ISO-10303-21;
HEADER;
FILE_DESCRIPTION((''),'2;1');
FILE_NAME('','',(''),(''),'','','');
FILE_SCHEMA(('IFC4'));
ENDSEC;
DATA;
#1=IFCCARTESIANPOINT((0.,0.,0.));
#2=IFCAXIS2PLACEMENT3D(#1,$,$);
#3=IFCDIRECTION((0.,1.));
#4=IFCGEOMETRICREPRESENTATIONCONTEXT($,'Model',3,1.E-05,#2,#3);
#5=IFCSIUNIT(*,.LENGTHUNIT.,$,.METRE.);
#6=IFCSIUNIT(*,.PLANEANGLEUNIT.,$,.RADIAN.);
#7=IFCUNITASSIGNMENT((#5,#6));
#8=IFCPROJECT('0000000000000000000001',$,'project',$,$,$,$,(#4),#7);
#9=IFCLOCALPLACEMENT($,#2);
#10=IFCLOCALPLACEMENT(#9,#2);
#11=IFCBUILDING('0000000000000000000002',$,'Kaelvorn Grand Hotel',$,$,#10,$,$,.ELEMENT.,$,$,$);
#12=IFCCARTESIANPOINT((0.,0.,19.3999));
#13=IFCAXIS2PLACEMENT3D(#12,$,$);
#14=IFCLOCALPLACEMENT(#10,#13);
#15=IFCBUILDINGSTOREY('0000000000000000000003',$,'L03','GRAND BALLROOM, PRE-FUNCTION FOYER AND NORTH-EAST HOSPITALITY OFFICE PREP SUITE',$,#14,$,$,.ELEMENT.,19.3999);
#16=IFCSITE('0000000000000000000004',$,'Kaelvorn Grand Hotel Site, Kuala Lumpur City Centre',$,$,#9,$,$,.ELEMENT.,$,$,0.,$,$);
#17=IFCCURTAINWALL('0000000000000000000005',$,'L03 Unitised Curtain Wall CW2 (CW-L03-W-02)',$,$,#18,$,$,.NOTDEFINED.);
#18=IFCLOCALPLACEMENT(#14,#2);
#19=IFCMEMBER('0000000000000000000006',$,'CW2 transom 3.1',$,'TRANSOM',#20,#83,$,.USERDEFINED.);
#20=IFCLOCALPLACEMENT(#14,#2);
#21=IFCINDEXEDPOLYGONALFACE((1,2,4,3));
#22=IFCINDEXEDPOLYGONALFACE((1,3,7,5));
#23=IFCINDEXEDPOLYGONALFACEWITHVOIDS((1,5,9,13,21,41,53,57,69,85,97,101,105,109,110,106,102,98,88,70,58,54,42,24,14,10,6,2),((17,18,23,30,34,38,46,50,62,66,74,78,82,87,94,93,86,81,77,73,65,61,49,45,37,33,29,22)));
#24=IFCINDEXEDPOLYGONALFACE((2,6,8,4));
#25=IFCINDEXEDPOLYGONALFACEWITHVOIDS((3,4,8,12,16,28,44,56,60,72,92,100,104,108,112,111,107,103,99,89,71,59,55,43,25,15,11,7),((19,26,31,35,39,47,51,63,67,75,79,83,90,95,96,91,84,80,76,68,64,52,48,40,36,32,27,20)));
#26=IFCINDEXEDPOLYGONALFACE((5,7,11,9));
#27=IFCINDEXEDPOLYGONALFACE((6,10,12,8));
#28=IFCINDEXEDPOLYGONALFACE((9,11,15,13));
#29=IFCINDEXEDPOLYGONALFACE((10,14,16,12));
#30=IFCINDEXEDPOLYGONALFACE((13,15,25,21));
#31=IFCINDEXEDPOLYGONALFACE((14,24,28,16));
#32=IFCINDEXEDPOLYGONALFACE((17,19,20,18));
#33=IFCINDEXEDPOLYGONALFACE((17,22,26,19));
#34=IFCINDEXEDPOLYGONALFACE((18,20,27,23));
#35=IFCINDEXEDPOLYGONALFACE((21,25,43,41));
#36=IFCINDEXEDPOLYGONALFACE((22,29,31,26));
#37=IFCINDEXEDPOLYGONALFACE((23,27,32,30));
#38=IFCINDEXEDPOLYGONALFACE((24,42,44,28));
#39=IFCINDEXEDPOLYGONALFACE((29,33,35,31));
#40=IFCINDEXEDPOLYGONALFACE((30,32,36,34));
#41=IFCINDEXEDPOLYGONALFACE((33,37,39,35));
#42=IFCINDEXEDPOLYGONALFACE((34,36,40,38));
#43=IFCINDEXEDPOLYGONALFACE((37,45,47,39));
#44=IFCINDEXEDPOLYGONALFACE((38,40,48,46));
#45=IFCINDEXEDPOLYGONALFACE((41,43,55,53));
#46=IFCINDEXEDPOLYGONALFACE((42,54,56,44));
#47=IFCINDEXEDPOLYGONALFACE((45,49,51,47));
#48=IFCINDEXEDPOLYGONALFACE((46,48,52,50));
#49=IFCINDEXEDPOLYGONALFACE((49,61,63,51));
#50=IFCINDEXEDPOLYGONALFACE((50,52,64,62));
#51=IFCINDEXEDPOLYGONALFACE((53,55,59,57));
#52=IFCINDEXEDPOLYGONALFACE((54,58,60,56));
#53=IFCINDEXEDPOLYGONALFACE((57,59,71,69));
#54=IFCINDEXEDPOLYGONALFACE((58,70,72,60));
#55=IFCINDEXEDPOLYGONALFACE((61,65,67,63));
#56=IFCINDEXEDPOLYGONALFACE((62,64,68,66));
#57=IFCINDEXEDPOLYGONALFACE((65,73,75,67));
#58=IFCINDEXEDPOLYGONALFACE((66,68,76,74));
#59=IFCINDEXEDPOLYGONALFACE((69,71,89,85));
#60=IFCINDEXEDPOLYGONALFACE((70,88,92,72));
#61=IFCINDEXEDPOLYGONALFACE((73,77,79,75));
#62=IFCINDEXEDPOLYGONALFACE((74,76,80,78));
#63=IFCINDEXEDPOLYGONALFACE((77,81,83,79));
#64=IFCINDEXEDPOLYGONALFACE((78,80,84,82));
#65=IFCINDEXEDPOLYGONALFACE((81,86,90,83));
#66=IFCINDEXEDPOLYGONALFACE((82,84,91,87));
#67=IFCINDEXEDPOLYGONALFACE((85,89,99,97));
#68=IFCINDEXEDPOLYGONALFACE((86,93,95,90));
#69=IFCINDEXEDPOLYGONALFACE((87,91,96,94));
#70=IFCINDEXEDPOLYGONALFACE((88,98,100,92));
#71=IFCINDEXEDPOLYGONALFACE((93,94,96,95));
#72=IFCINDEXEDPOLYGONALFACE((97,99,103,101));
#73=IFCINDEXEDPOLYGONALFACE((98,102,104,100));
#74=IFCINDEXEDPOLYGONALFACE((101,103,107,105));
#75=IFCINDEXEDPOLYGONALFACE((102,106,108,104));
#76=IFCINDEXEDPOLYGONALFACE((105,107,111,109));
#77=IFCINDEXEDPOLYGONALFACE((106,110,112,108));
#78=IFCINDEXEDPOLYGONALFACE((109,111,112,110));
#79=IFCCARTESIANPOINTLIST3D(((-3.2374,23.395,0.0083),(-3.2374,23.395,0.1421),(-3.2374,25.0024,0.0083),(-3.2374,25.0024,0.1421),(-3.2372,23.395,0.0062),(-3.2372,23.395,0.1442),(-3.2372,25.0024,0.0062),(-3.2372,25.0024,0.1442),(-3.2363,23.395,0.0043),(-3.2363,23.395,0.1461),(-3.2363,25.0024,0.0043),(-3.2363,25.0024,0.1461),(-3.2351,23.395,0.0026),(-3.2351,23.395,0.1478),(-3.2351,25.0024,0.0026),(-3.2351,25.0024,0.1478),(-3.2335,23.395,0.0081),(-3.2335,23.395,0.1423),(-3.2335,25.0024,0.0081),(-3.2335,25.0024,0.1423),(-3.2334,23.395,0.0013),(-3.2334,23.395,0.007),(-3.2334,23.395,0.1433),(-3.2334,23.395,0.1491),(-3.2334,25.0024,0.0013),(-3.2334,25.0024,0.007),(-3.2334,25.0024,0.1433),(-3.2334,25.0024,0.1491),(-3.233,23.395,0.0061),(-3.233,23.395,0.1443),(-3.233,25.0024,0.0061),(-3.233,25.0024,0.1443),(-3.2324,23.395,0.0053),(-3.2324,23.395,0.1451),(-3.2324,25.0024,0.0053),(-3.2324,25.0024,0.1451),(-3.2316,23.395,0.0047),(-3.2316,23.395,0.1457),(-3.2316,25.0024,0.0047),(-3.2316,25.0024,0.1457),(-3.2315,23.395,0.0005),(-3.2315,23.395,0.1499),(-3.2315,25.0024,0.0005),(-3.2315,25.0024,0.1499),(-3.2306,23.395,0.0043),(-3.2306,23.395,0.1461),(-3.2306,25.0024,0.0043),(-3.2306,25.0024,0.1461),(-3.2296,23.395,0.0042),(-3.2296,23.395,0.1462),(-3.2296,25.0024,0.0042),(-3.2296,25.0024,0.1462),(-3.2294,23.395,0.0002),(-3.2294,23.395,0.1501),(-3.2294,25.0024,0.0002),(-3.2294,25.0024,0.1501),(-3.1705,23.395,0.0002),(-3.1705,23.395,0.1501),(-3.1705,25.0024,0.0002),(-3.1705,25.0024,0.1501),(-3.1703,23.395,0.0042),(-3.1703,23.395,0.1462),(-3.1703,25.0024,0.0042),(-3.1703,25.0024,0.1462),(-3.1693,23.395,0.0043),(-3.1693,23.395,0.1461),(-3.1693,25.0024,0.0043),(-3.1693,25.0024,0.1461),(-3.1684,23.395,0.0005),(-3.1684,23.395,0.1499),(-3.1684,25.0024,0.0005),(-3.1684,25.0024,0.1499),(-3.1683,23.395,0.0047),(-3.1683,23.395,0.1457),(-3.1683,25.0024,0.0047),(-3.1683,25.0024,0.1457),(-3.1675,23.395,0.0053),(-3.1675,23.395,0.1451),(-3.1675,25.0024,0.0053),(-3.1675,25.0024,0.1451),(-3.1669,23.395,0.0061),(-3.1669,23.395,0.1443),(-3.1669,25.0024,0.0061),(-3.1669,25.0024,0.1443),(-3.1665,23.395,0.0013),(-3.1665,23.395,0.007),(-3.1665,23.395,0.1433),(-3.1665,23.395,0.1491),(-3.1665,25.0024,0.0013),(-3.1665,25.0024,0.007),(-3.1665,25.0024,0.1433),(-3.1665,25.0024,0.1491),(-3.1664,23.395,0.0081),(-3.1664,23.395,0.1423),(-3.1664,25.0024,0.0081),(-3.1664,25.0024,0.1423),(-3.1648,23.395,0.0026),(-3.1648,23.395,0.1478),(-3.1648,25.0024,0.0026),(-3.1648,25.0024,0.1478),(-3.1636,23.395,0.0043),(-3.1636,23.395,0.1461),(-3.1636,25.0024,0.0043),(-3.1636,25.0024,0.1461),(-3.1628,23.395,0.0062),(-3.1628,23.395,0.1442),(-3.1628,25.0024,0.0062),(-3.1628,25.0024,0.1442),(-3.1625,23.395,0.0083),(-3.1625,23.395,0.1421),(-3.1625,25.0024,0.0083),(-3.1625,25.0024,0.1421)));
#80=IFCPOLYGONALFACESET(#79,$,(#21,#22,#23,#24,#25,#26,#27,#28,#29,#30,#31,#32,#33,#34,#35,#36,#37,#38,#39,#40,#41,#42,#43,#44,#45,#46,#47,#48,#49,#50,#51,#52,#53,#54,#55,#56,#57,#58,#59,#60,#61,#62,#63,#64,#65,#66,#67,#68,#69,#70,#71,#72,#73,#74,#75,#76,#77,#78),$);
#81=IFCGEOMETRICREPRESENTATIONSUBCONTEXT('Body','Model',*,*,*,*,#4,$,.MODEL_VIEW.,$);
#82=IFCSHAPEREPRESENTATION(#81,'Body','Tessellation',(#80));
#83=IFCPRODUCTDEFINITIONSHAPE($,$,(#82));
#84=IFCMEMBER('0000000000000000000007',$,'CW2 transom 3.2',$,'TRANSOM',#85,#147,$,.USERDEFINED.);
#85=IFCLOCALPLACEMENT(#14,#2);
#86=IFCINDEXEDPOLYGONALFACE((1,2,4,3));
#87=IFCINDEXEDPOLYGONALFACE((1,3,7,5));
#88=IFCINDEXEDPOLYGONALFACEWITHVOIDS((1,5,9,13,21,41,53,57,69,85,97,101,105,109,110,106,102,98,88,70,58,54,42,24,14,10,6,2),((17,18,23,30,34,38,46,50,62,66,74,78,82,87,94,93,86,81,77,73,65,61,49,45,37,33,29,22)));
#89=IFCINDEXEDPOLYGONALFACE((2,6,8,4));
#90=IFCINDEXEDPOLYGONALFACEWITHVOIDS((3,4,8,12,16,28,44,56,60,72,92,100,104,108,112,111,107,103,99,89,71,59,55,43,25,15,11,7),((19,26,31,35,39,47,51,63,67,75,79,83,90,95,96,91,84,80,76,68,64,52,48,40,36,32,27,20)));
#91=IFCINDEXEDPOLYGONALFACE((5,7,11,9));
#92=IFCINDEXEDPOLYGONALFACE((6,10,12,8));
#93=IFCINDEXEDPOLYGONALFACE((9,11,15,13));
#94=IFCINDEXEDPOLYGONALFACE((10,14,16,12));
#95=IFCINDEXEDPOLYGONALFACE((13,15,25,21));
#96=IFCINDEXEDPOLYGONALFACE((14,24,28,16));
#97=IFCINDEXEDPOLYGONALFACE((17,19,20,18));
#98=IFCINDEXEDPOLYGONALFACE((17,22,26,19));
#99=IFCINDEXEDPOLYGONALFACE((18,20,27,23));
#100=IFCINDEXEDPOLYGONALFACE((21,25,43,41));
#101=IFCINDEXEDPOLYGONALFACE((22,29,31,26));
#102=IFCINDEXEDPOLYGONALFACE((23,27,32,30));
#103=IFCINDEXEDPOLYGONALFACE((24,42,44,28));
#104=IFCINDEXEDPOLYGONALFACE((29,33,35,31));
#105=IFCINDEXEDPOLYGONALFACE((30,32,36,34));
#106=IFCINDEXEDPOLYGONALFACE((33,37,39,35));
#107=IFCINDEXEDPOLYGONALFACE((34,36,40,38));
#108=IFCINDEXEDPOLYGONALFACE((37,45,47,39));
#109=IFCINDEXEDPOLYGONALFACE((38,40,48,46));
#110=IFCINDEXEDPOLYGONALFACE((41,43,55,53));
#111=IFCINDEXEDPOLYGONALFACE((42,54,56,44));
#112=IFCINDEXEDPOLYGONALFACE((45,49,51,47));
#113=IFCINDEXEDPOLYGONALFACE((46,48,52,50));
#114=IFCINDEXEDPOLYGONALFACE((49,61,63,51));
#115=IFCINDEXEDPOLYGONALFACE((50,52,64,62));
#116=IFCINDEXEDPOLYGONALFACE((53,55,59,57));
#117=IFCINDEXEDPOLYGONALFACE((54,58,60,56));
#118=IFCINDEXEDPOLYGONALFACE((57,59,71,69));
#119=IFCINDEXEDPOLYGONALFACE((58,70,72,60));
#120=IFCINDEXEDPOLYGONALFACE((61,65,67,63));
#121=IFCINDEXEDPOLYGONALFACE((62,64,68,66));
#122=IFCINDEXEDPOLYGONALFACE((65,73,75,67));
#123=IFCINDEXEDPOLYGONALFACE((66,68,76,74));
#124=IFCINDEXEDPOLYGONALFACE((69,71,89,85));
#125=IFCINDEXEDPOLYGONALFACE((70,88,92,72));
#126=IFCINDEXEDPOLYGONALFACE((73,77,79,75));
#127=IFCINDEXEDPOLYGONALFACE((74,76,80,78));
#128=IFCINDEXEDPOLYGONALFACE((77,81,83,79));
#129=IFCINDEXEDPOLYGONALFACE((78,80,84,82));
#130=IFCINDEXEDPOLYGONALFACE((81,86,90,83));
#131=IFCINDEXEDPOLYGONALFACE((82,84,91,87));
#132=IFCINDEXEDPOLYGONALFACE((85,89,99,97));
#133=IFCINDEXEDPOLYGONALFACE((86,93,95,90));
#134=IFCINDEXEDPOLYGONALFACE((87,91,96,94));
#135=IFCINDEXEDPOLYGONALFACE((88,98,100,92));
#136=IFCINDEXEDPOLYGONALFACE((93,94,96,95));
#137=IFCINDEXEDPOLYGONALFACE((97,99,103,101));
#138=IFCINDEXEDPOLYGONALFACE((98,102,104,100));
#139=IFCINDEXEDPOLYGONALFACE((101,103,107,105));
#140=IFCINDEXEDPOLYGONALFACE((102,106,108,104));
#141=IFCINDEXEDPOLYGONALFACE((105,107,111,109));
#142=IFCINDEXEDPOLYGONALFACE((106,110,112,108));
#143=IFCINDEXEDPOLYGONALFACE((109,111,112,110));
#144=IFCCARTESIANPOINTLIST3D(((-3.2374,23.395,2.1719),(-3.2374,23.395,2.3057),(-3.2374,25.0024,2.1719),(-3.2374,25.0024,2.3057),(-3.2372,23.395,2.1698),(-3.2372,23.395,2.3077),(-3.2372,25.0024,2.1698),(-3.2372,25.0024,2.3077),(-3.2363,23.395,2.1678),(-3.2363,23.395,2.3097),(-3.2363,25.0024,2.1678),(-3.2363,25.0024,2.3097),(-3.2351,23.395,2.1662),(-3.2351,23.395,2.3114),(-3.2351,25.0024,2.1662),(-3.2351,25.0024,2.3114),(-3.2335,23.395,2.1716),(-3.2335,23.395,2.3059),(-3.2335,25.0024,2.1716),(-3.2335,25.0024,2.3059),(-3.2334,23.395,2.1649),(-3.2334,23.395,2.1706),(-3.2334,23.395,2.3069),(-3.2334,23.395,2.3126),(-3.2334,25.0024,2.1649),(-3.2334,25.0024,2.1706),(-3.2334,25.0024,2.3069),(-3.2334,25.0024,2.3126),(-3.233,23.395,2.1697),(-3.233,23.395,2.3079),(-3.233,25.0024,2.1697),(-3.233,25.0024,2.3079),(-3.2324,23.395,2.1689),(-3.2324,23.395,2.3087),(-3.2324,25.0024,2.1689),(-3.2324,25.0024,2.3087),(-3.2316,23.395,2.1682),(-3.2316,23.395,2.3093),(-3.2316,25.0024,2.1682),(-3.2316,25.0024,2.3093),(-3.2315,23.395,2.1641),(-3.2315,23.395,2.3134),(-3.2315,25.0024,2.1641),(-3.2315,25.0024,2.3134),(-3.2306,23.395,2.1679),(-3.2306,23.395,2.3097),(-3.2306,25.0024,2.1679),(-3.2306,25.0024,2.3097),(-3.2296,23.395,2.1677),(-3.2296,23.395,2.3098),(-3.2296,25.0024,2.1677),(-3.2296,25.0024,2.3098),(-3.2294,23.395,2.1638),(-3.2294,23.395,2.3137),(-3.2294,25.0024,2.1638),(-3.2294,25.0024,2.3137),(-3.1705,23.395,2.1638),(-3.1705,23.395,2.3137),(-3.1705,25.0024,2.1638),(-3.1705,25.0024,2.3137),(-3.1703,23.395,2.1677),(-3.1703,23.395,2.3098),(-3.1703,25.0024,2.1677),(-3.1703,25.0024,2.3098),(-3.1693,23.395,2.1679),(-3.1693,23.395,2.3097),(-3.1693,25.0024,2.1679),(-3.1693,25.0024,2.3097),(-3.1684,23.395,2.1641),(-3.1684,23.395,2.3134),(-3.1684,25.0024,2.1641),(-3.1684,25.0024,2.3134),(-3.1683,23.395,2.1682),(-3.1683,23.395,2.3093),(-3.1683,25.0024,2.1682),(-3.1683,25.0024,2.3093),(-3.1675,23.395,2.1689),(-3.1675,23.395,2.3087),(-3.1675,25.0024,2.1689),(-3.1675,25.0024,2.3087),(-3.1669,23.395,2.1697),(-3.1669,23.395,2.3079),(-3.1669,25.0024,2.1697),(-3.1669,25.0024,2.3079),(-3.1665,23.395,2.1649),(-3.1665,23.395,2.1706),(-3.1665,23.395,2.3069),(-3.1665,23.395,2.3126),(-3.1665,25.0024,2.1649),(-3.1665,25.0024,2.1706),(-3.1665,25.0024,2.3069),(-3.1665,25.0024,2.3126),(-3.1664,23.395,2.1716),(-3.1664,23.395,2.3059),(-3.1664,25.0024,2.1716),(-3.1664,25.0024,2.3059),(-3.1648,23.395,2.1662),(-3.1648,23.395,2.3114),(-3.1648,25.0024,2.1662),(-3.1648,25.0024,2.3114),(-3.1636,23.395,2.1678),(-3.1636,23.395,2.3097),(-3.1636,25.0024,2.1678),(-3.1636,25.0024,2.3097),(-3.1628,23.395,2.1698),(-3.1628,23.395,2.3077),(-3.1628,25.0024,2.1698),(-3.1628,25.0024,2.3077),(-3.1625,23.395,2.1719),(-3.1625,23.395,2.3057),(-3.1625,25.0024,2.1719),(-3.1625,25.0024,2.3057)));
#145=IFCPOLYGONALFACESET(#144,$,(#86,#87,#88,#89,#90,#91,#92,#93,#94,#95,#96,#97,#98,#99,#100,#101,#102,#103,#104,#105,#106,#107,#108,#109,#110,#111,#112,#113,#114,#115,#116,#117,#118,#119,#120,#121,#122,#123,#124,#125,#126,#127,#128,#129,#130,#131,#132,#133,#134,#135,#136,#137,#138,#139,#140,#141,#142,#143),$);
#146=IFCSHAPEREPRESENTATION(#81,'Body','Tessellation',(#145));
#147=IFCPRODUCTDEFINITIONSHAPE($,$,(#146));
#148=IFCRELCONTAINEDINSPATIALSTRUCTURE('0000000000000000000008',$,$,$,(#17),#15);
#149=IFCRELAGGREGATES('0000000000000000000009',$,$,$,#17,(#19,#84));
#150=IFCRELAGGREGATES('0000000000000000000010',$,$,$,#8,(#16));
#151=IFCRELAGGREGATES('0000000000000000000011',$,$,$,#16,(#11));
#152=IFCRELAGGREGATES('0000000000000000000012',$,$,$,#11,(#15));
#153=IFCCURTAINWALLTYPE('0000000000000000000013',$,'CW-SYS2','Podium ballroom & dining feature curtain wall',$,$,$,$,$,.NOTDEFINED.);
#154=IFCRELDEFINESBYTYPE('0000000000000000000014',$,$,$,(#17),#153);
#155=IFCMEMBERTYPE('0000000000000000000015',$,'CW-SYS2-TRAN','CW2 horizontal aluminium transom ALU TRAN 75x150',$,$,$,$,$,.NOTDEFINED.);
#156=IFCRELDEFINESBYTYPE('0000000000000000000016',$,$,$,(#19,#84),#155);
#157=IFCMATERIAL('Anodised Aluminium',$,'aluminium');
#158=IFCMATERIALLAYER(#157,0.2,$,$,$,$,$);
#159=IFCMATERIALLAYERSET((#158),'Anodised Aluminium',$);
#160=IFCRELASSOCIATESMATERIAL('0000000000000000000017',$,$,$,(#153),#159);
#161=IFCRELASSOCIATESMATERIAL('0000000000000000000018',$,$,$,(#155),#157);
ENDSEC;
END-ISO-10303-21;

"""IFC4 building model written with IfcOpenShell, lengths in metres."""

from ifc_helpers import new_model, si_unit, direction, frame, origin, origin_2d, place, context, subcontext, project, spatial, hollow_rectangle, extrude, material, layer, layer_set, material_profile, profile_set, type_object, element, aggregate, save


model = new_model("IFC4")

# Units and contexts
model_context = context("Model", 3, precision=1e-05, world=origin(), true_north=direction((0.0, 1.0)))
body_context = subcontext(model_context, "Body", "Model", "MODEL_VIEW")
ifc_project = project(units=[si_unit("LENGTHUNIT", "METRE"), si_unit("PLANEANGLEUNIT", "RADIAN")], contexts=[model_context])

# Site, building, storey
site_placement = place(None, origin())
site = spatial("IfcSite", under=ifc_project, at=site_placement, Name="Kaelvorn Grand Hotel Site, Kuala Lumpur City Centre", CompositionType="ELEMENT", RefElevation=0.0)
building_placement = place(site_placement, origin())
building = spatial("IfcBuilding", under=site, at=building_placement, Name="Kaelvorn Grand Hotel", CompositionType="ELEMENT")
storey_placement = place(building_placement, frame((0.0, 0.0, 19.3999)))
storey = spatial("IfcBuildingStorey", under=building, at=storey_placement, Name="L03", Description="GRAND BALLROOM, PRE-FUNCTION FOYER AND NORTH-EAST HOSPITALITY OFFICE PREP SUITE", CompositionType="ELEMENT", Elevation=19.3999)

# Curtain wall
ifc_material_1 = material(Name="Anodised Aluminium", Category="aluminium")
ifc_layer_1 = layer(ifc_material_1, 0.2)
ifc_layer_set_1 = layer_set([ifc_layer_1], Name="Anodised Aluminium")
curtain_wall_type = type_object("IfcCurtainWallType", Name="CW-SYS2", Description="Podium ballroom & dining feature curtain wall", PredefinedType="NOTDEFINED", material=ifc_layer_set_1)
curtain_wall_1_placement = place(storey_placement, origin())
curtain_wall_1 = element("IfcCurtainWall", 1, at=curtain_wall_1_placement, inside=storey, type_object=curtain_wall_type, Name="L03 Unitised Curtain Wall CW2 (CW-L03-W-02)", PredefinedType="NOTDEFINED")

# Members
ifc_material_profile_1 = material_profile(ifc_material_1, hollow_rectangle(XDim=0.075, YDim=0.1499, WallThickness=0.0039, InnerFilletRadius=0.0039, OuterFilletRadius=0.0081, at=origin_2d()), Name="ALU TRAN 75x150")
ifc_profile_set_1 = profile_set([ifc_material_profile_1], Name="Anodised Aluminium")
member_type_1 = type_object("IfcMemberType", Name="CW-SYS2-TRAN", Description="CW2 horizontal aluminium transom ALU TRAN 75x150", PredefinedType="NOTDEFINED", material=ifc_profile_set_1)
member_1_placement = place(storey_placement, frame((-3.2, 25.0024, 0.0752), z_axis=(0.0, -1.0, 0.0), x_axis=(1.0, 0.0, 0.0)))
member_1 = element("IfcMember", 2, at=member_1_placement, type_object=member_type_1, Name="CW2 transom 3.1", ObjectType="TRANSOM", PredefinedType="USERDEFINED", context=body_context, shape_type="SweptSolid", body=[
    extrude(hollow_rectangle(XDim=0.075, YDim=0.1499, WallThickness=0.0039, InnerFilletRadius=0.0039, OuterFilletRadius=0.0081, at=origin_2d()), origin(), (0.0, 0.0, 1.0), 1.6074),
])
member_2_placement = place(storey_placement, frame((-3.2, 25.0024, 2.2388), z_axis=(0.0, -1.0, 0.0), x_axis=(1.0, 0.0, 0.0)))
member_2 = element("IfcMember", 3, at=member_2_placement, type_object=member_type_1, Name="CW2 transom 3.2", ObjectType="TRANSOM", PredefinedType="USERDEFINED", context=body_context, shape_type="SweptSolid", body=[
    extrude(hollow_rectangle(XDim=0.075, YDim=0.1499, WallThickness=0.0039, InnerFilletRadius=0.0039, OuterFilletRadius=0.0081, at=origin_2d()), origin(), (0.0, 0.0, 1.0), 1.6074),
])

aggregate(curtain_wall_1, [member_1, member_2])

save(model, "model.ifc")
